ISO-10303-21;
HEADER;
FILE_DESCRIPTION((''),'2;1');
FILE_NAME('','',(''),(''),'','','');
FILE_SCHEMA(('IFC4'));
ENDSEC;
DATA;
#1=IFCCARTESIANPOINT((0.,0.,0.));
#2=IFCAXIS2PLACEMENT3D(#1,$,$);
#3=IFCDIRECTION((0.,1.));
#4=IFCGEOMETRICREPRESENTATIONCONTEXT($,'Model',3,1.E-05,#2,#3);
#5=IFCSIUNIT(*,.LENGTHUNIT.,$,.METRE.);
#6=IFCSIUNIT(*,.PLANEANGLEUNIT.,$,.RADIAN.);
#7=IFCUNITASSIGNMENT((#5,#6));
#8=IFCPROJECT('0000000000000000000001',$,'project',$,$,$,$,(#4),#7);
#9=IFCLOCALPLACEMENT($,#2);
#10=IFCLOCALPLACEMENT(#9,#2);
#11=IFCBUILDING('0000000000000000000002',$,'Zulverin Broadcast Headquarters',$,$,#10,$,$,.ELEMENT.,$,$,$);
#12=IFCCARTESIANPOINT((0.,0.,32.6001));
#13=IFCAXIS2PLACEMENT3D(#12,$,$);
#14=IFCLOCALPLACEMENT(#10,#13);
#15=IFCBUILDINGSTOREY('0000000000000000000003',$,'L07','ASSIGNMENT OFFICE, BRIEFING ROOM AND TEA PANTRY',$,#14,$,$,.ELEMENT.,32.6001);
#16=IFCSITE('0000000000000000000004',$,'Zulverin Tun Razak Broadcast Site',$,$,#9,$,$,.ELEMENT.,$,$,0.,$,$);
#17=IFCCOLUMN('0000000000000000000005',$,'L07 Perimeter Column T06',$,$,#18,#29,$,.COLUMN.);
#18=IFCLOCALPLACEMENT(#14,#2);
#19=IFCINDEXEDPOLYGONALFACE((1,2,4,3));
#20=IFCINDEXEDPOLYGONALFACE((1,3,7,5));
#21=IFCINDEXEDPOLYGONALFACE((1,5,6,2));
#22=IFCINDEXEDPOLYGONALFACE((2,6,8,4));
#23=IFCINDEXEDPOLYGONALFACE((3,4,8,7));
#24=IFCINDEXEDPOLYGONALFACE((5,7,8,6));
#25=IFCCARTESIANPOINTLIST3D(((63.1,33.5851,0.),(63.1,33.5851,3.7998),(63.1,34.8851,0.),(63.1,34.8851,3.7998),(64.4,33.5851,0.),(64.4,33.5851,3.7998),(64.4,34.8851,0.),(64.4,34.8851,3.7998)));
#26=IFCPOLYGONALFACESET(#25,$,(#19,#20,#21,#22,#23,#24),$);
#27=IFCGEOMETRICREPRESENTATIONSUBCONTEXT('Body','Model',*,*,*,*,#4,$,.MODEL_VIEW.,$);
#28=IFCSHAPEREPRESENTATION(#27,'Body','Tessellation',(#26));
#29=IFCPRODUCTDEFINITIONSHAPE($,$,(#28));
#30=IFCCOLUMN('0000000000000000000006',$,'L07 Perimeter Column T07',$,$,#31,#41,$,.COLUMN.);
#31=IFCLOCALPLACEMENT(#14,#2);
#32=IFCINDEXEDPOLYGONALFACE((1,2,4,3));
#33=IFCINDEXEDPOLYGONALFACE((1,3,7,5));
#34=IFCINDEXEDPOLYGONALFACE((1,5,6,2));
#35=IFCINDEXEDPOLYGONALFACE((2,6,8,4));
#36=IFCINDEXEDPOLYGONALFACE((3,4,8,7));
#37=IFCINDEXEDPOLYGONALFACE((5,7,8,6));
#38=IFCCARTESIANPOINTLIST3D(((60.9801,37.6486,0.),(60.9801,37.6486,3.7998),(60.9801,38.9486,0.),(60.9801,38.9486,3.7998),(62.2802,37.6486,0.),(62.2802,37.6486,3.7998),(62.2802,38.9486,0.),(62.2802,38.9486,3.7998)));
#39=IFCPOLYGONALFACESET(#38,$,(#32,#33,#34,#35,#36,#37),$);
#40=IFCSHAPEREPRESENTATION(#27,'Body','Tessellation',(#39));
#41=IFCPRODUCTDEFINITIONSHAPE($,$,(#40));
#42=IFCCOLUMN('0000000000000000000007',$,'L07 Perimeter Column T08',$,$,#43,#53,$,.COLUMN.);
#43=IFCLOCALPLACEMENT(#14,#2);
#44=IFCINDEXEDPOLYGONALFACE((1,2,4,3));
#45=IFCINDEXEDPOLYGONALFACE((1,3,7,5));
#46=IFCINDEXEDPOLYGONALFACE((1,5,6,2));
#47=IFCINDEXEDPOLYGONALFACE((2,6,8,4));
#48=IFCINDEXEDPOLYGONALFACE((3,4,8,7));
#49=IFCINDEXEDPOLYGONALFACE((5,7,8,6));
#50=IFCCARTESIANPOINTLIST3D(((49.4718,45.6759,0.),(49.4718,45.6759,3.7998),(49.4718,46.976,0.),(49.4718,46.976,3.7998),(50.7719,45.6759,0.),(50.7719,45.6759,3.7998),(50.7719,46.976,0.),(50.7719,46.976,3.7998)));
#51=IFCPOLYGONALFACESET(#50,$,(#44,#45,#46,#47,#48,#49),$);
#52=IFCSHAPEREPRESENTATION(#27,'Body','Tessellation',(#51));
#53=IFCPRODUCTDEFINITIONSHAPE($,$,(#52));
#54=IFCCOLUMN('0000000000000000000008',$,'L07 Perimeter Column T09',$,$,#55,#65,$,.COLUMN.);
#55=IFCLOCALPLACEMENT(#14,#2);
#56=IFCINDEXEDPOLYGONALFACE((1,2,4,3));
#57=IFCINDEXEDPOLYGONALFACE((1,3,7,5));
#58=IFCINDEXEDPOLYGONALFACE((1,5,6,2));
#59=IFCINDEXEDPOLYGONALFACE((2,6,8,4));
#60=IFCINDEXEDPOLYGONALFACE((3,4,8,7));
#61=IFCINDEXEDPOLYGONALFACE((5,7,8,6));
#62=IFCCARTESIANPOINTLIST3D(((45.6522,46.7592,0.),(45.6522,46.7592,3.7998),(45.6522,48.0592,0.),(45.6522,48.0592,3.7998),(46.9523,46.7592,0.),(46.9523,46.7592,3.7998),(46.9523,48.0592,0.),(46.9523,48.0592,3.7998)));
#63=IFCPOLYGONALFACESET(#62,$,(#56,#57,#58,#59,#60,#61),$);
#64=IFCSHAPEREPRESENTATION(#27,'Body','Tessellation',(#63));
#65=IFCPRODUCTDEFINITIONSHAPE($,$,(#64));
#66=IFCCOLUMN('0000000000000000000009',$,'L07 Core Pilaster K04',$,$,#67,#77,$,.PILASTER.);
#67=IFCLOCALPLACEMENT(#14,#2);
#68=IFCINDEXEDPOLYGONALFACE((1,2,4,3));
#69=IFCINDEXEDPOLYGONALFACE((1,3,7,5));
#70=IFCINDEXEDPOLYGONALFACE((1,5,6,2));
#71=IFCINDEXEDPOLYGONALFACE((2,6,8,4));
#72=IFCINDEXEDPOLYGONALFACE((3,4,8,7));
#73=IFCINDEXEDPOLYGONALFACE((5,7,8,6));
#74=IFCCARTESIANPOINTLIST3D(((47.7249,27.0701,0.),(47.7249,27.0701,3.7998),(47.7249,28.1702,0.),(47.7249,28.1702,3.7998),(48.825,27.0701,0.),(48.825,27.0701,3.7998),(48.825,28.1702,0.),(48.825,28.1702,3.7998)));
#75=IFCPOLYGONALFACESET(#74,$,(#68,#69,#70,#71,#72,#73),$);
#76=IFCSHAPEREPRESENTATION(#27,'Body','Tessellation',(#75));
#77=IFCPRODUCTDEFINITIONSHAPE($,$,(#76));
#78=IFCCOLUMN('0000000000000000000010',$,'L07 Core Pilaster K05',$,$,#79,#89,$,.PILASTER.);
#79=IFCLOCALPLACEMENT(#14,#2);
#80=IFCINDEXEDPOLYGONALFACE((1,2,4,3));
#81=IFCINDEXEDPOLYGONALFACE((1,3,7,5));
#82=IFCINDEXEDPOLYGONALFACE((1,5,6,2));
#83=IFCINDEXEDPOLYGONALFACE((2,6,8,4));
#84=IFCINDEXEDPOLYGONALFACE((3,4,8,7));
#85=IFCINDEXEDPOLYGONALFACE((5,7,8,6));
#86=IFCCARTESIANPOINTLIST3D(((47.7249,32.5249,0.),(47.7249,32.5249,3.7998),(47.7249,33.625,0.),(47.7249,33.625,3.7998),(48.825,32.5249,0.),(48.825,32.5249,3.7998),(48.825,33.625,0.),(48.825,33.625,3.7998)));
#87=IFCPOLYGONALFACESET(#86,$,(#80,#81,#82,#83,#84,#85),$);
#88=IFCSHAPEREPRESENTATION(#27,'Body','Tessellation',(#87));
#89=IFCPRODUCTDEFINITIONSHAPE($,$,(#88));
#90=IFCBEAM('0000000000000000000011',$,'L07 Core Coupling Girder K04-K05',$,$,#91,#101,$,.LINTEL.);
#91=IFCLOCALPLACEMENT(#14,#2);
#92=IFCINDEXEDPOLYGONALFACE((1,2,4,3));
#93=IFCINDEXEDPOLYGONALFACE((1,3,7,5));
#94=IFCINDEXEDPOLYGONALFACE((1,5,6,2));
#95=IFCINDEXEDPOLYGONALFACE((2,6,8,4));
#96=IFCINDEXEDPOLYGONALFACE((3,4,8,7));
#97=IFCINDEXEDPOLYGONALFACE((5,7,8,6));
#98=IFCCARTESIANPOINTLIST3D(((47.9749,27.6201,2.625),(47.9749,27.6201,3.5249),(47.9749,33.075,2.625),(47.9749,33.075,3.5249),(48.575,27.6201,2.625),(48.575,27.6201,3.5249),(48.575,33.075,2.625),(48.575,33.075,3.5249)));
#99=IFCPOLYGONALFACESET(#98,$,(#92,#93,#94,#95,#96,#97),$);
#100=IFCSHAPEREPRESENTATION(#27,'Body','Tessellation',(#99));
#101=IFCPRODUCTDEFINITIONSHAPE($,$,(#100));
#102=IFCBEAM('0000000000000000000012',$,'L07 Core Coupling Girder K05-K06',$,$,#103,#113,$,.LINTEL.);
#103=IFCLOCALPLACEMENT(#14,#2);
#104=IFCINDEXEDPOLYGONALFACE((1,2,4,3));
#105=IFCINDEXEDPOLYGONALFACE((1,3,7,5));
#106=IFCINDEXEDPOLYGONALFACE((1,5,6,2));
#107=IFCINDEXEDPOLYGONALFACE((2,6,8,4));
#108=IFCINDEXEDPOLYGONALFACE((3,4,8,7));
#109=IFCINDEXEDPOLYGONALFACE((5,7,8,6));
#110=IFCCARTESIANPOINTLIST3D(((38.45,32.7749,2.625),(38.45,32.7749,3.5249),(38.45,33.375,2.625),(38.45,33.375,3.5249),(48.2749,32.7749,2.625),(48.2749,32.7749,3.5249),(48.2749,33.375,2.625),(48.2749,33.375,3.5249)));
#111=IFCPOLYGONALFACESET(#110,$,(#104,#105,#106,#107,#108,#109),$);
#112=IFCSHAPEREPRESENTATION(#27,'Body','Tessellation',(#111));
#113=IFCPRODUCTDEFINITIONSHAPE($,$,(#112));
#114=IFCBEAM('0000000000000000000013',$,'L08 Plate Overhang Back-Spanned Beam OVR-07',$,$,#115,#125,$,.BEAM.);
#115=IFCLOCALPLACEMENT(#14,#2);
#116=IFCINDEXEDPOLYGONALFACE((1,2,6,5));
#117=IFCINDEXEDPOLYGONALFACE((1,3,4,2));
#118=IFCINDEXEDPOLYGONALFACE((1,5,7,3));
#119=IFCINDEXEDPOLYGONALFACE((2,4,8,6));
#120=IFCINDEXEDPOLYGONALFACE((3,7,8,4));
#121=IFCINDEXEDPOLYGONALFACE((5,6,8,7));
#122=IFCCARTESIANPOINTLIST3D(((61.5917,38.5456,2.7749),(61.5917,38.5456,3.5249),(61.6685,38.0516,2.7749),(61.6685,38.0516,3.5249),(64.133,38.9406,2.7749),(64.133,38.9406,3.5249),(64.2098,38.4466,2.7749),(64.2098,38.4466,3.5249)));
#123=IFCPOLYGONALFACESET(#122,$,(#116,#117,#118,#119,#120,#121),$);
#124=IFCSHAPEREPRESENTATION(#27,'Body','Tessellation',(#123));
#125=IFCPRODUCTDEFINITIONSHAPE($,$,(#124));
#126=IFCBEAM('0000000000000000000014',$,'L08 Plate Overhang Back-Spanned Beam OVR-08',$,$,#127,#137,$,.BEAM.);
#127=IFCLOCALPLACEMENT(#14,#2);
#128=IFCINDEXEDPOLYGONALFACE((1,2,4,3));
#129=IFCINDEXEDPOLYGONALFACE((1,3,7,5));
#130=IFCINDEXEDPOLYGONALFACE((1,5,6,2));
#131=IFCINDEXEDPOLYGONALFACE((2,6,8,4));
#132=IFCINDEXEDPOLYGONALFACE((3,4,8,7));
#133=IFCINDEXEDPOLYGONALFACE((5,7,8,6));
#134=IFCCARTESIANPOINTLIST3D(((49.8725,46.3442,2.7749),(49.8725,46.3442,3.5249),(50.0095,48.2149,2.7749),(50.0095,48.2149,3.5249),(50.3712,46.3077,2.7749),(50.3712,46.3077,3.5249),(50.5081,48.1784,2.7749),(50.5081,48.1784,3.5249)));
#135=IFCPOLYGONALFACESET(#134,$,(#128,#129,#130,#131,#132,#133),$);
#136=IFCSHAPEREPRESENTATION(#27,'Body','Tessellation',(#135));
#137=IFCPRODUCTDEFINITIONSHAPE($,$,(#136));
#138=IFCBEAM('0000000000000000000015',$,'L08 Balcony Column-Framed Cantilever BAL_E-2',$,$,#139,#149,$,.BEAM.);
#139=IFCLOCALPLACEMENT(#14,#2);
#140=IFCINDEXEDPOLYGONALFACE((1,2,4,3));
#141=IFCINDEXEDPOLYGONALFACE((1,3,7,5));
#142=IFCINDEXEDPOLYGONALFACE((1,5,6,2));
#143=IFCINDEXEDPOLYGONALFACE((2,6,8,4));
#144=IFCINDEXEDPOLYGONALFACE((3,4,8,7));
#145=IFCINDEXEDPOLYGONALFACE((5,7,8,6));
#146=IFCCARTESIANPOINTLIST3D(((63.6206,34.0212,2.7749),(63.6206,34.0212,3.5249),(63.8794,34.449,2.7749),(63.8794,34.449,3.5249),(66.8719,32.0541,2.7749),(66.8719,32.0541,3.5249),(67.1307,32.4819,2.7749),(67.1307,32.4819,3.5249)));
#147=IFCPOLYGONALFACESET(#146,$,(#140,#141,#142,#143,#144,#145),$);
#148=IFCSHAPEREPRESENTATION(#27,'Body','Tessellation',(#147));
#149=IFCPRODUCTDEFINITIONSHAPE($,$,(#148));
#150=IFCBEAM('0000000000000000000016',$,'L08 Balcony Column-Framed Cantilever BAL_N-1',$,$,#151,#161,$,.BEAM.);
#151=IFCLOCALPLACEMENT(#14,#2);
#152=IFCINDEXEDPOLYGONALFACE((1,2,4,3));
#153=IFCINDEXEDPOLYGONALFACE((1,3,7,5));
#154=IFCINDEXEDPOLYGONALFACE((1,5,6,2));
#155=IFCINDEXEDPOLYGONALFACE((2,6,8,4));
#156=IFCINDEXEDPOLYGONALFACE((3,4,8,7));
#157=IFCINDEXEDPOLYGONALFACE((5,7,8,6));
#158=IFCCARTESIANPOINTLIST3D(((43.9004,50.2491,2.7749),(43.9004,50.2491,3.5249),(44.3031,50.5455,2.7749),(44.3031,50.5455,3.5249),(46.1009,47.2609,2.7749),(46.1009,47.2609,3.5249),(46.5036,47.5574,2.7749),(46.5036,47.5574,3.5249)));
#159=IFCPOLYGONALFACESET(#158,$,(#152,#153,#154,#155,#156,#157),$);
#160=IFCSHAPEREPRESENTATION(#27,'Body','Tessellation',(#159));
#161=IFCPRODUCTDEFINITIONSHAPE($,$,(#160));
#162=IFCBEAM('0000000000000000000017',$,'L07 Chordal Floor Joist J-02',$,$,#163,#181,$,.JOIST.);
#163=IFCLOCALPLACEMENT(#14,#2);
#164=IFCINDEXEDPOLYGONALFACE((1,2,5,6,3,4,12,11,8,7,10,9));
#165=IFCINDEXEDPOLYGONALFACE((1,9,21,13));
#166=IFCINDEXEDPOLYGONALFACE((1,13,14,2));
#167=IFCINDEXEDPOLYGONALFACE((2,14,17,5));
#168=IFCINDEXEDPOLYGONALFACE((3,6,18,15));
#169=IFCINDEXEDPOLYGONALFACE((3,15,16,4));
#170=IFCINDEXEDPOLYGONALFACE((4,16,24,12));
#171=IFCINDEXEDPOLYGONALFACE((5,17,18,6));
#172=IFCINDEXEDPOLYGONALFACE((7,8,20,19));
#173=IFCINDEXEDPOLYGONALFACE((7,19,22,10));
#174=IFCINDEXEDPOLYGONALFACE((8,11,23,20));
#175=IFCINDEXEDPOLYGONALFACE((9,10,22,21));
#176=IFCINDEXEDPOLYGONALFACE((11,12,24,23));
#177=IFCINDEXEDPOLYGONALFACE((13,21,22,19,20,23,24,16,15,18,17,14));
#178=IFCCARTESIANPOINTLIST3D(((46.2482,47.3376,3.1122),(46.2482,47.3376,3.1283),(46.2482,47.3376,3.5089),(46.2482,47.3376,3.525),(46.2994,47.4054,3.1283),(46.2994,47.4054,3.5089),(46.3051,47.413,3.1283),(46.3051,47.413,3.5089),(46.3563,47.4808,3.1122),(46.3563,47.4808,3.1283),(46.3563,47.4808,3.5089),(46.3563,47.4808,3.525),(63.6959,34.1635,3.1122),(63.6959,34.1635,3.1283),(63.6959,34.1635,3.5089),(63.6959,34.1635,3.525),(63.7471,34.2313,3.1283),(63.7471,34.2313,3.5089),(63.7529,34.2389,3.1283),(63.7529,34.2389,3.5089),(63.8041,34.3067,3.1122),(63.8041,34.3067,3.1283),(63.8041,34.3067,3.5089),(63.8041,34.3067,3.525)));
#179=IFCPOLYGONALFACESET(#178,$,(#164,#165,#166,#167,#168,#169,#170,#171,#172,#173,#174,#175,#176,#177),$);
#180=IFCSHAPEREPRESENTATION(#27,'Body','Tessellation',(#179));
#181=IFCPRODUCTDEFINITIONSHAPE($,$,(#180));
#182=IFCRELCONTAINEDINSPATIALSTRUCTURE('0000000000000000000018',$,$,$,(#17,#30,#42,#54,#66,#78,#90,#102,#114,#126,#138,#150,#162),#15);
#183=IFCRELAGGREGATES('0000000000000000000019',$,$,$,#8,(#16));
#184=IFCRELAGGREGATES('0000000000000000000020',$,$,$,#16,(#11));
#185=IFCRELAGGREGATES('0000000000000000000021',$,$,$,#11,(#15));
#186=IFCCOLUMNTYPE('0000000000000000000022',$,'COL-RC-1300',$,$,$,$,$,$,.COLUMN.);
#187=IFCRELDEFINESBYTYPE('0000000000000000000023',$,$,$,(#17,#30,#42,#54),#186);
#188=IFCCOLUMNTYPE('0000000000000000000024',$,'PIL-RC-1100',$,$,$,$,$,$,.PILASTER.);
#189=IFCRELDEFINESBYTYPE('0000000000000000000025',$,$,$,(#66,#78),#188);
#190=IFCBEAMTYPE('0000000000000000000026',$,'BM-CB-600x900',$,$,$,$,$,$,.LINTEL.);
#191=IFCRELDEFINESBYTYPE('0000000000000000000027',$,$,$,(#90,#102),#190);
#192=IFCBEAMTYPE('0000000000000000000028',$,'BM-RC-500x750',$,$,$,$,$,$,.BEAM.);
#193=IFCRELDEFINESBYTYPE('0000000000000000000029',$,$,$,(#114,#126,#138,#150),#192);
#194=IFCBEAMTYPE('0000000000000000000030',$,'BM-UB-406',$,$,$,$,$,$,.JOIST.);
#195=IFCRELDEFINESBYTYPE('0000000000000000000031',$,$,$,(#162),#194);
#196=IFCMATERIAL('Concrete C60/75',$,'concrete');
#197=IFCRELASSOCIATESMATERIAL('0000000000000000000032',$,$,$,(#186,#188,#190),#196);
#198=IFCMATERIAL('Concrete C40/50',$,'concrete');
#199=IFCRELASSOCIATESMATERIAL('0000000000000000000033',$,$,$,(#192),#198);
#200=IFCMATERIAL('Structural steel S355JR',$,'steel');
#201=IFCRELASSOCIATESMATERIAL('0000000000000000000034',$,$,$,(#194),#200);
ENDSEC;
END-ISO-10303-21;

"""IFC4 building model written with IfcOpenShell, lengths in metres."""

from ifc_helpers import new_model, si_unit, direction, frame, origin, origin_2d, place, context, subcontext, project, spatial, rectangle, i_section, extrude, material, material_profile, profile_set, type_object, element, save


model = new_model("IFC4")

# Units and contexts
model_context = context("Model", 3, precision=1e-05, world=origin(), true_north=direction((0.0, 1.0)))
body_context = subcontext(model_context, "Body", "Model", "MODEL_VIEW")
ifc_project = project(units=[si_unit("LENGTHUNIT", "METRE"), si_unit("PLANEANGLEUNIT", "RADIAN")], contexts=[model_context])

# Site, building, storey
site_placement = place(None, origin())
site = spatial("IfcSite", under=ifc_project, at=site_placement, Name="Zulverin Tun Razak Broadcast Site", CompositionType="ELEMENT", RefElevation=0.0)
building_placement = place(site_placement, origin())
building = spatial("IfcBuilding", under=site, at=building_placement, Name="Zulverin Broadcast Headquarters", CompositionType="ELEMENT")
storey_placement = place(building_placement, frame((0.0, 0.0, 32.6001)))
storey = spatial("IfcBuildingStorey", under=building, at=storey_placement, Name="L07", Description="ASSIGNMENT OFFICE, BRIEFING ROOM AND TEA PANTRY", CompositionType="ELEMENT", Elevation=32.6001)

# Columns
ifc_material_1 = material(Name="Concrete C60/75", Category="concrete")
ifc_material_profile_1 = material_profile(ifc_material_1, rectangle(XDim=1.3, YDim=1.3, at=origin_2d()), Name="Concrete C60/75", Category="concrete")
ifc_profile_set_1 = profile_set([ifc_material_profile_1], Name="Concrete C60/75")
column_type_1 = type_object("IfcColumnType", Name="COL-RC-1300", PredefinedType="COLUMN", material=ifc_profile_set_1)
for number, where, z_axis, x_axis, name in (
    (1, (63.75, 34.2351, 0.0), (0.0, 0.0, 1.0), (1.0, 0.0, 0.0), "L07 Perimeter Column T06"),
    (2, (61.6301, 38.2986, 0.0), (0.0, 0.0, 1.0), (1.0, 0.0, 0.0), "L07 Perimeter Column T07"),
    (3, (50.1218, 46.3259, 0.0), (0.0, 0.0, 1.0), (1.0, 0.0, 0.0), "L07 Perimeter Column T08"),
    (4, (46.3022, 47.4092, 0.0), (0.0, 0.0, 1.0), (1.0, 0.0, 0.0), "L07 Perimeter Column T09"),
):
    element("IfcColumn", number, at=place(storey_placement, frame(where, z_axis=z_axis, x_axis=x_axis)), inside=storey, type_object=column_type_1, Name=name, PredefinedType="COLUMN", context=body_context, shape_type="SweptSolid", body=[
        extrude(rectangle(XDim=1.3, YDim=1.3, at=origin_2d()), origin(), (0.0, 0.0, 1.0), 3.7998),
    ])
ifc_material_profile_2 = material_profile(ifc_material_1, rectangle(XDim=1.1001, YDim=1.1001, at=origin_2d()), Name="Concrete C60/75", Category="concrete")
ifc_profile_set_2 = profile_set([ifc_material_profile_2], Name="Concrete C60/75")
column_type_2 = type_object("IfcColumnType", Name="PIL-RC-1100", PredefinedType="PILASTER", material=ifc_profile_set_2)
for number, where, z_axis, x_axis, name in (
    (5, (48.2749, 27.6201, 0.0), (0.0, 0.0, 1.0), (1.0, 0.0, 0.0), "L07 Core Pilaster K04"),
    (6, (48.2749, 33.075, 0.0), (0.0, 0.0, 1.0), (1.0, 0.0, 0.0), "L07 Core Pilaster K05"),
):
    element("IfcColumn", number, at=place(storey_placement, frame(where, z_axis=z_axis, x_axis=x_axis)), inside=storey, type_object=column_type_2, Name=name, PredefinedType="PILASTER", context=body_context, shape_type="SweptSolid", body=[
        extrude(rectangle(XDim=1.1001, YDim=1.1001, at=origin_2d()), origin(), (0.0, 0.0, 1.0), 3.7998),
    ])

# Beams
ifc_material_profile_3 = material_profile(ifc_material_1, rectangle(XDim=0.6001, YDim=0.8999, at=origin_2d()), Name="Concrete C60/75", Category="concrete")
ifc_profile_set_3 = profile_set([ifc_material_profile_3], Name="Concrete C60/75")
beam_type_1 = type_object("IfcBeamType", Name="BM-CB-600x900", PredefinedType="LINTEL", material=ifc_profile_set_3)
beam_1_placement = place(storey_placement, frame((48.2749, 27.6201, 3.075), z_axis=(0.0, 1.0, 0.0), x_axis=(-1.0, 0.0, 0.0)))
element("IfcBeam", 7, at=beam_1_placement, inside=storey, type_object=beam_type_1, Name="L07 Core Coupling Girder K04-K05", PredefinedType="LINTEL", context=body_context, shape_type="SweptSolid", body=[
    extrude(rectangle(XDim=0.6001, YDim=0.8999, at=origin_2d()), origin(), (0.0, 0.0, 1.0), 5.4548),
])
beam_2_placement = place(storey_placement, frame((48.2749, 33.075, 3.075), z_axis=(-1.0, 0.0, 0.0), x_axis=(0.0, -1.0, 0.0)))
element("IfcBeam", 8, at=beam_2_placement, inside=storey, type_object=beam_type_1, Name="L07 Core Coupling Girder K05-K06", PredefinedType="LINTEL", context=body_context, shape_type="SweptSolid", body=[
    extrude(rectangle(XDim=0.6001, YDim=0.8999, at=origin_2d()), origin(), (0.0, 0.0, 1.0), 9.825),
])
ifc_material_2 = material(Name="Concrete C40/50", Category="concrete")
ifc_material_profile_4 = material_profile(ifc_material_2, rectangle(XDim=0.5, YDim=0.75, at=origin_2d()), Name="Concrete C40/50", Category="concrete")
ifc_profile_set_4 = profile_set([ifc_material_profile_4], Name="Concrete C40/50")
beam_type_2 = type_object("IfcBeamType", Name="BM-RC-500x750", PredefinedType="BEAM", material=ifc_profile_set_4)
beam_3_placement = place(storey_placement, frame((61.6301, 38.2986, 3.1499), z_axis=(0.988133, 0.153598, 0.0), x_axis=(-0.153598, 0.988133, 0.0)))
element("IfcBeam", 9, at=beam_3_placement, inside=storey, type_object=beam_type_2, Name="L08 Plate Overhang Back-Spanned Beam OVR-07", PredefinedType="BEAM", context=body_context, shape_type="SweptSolid", body=[
    extrude(rectangle(XDim=0.5, YDim=0.75, at=origin_2d()), origin(), (0.0, 0.0, 1.0), 2.5718),
])
beam_4_placement = place(storey_placement, frame((50.1218, 46.3259, 3.1499), z_axis=(0.073023, 0.99733, 0.0), x_axis=(-0.99733, 0.073023, 0.0)))
element("IfcBeam", 10, at=beam_4_placement, inside=storey, type_object=beam_type_2, Name="L08 Plate Overhang Back-Spanned Beam OVR-08", PredefinedType="BEAM", context=body_context, shape_type="SweptSolid", body=[
    extrude(rectangle(XDim=0.5, YDim=0.75, at=origin_2d()), origin(), (0.0, 0.0, 1.0), 1.8757),
])
beam_5_placement = place(storey_placement, frame((63.75, 34.2351, 3.1499), z_axis=(0.855594, -0.517648, 0.0), x_axis=(0.517648, 0.855594, 0.0)))
element("IfcBeam", 11, at=beam_5_placement, inside=storey, type_object=beam_type_2, Name="L08 Balcony Column-Framed Cantilever BAL_E-2", PredefinedType="BEAM", context=body_context, shape_type="SweptSolid", body=[
    extrude(rectangle(XDim=0.5, YDim=0.75, at=origin_2d()), origin(), (0.0, 0.0, 1.0), 3.8),
])
beam_6_placement = place(storey_placement, frame((46.3022, 47.4092, 3.1499), z_axis=(-0.592977, 0.80522, 0.0), x_axis=(-0.80522, -0.592977, 0.0)))
element("IfcBeam", 12, at=beam_6_placement, inside=storey, type_object=beam_type_2, Name="L08 Balcony Column-Framed Cantilever BAL_N-1", PredefinedType="BEAM", context=body_context, shape_type="SweptSolid", body=[
    extrude(rectangle(XDim=0.5, YDim=0.75, at=origin_2d()), origin(), (0.0, 0.0, 1.0), 3.7109),
])
ifc_material_3 = material(Name="Structural steel S355JR", Category="steel")
ifc_material_profile_5 = material_profile(ifc_material_3, i_section(OverallWidth=0.1794, OverallDepth=0.4128, WebThickness=0.0095, FlangeThickness=0.0161, at=origin_2d()), Name="Structural steel S355JR", Category="steel")
ifc_profile_set_5 = profile_set([ifc_material_profile_5], Name="Structural steel S355JR")
beam_type_3 = type_object("IfcBeamType", Name="BM-UB-406", PredefinedType="JOIST", material=ifc_profile_set_5)
beam_7_placement = place(storey_placement, frame((63.75, 34.2351, 3.3186), z_axis=(-0.798058, 0.60258, 0.0), x_axis=(-0.60258, -0.798058, 0.0)))
element("IfcBeam", 13, at=beam_7_placement, inside=storey, type_object=beam_type_3, Name="L07 Chordal Floor Joist J-02", PredefinedType="JOIST", context=body_context, shape_type="SweptSolid", body=[
    extrude(i_section(OverallWidth=0.1794, OverallDepth=0.4128, WebThickness=0.0095, FlangeThickness=0.0161, at=origin_2d()), origin(), (0.0, 0.0, 1.0), 21.8628),
])

save(model, "model.ifc")
